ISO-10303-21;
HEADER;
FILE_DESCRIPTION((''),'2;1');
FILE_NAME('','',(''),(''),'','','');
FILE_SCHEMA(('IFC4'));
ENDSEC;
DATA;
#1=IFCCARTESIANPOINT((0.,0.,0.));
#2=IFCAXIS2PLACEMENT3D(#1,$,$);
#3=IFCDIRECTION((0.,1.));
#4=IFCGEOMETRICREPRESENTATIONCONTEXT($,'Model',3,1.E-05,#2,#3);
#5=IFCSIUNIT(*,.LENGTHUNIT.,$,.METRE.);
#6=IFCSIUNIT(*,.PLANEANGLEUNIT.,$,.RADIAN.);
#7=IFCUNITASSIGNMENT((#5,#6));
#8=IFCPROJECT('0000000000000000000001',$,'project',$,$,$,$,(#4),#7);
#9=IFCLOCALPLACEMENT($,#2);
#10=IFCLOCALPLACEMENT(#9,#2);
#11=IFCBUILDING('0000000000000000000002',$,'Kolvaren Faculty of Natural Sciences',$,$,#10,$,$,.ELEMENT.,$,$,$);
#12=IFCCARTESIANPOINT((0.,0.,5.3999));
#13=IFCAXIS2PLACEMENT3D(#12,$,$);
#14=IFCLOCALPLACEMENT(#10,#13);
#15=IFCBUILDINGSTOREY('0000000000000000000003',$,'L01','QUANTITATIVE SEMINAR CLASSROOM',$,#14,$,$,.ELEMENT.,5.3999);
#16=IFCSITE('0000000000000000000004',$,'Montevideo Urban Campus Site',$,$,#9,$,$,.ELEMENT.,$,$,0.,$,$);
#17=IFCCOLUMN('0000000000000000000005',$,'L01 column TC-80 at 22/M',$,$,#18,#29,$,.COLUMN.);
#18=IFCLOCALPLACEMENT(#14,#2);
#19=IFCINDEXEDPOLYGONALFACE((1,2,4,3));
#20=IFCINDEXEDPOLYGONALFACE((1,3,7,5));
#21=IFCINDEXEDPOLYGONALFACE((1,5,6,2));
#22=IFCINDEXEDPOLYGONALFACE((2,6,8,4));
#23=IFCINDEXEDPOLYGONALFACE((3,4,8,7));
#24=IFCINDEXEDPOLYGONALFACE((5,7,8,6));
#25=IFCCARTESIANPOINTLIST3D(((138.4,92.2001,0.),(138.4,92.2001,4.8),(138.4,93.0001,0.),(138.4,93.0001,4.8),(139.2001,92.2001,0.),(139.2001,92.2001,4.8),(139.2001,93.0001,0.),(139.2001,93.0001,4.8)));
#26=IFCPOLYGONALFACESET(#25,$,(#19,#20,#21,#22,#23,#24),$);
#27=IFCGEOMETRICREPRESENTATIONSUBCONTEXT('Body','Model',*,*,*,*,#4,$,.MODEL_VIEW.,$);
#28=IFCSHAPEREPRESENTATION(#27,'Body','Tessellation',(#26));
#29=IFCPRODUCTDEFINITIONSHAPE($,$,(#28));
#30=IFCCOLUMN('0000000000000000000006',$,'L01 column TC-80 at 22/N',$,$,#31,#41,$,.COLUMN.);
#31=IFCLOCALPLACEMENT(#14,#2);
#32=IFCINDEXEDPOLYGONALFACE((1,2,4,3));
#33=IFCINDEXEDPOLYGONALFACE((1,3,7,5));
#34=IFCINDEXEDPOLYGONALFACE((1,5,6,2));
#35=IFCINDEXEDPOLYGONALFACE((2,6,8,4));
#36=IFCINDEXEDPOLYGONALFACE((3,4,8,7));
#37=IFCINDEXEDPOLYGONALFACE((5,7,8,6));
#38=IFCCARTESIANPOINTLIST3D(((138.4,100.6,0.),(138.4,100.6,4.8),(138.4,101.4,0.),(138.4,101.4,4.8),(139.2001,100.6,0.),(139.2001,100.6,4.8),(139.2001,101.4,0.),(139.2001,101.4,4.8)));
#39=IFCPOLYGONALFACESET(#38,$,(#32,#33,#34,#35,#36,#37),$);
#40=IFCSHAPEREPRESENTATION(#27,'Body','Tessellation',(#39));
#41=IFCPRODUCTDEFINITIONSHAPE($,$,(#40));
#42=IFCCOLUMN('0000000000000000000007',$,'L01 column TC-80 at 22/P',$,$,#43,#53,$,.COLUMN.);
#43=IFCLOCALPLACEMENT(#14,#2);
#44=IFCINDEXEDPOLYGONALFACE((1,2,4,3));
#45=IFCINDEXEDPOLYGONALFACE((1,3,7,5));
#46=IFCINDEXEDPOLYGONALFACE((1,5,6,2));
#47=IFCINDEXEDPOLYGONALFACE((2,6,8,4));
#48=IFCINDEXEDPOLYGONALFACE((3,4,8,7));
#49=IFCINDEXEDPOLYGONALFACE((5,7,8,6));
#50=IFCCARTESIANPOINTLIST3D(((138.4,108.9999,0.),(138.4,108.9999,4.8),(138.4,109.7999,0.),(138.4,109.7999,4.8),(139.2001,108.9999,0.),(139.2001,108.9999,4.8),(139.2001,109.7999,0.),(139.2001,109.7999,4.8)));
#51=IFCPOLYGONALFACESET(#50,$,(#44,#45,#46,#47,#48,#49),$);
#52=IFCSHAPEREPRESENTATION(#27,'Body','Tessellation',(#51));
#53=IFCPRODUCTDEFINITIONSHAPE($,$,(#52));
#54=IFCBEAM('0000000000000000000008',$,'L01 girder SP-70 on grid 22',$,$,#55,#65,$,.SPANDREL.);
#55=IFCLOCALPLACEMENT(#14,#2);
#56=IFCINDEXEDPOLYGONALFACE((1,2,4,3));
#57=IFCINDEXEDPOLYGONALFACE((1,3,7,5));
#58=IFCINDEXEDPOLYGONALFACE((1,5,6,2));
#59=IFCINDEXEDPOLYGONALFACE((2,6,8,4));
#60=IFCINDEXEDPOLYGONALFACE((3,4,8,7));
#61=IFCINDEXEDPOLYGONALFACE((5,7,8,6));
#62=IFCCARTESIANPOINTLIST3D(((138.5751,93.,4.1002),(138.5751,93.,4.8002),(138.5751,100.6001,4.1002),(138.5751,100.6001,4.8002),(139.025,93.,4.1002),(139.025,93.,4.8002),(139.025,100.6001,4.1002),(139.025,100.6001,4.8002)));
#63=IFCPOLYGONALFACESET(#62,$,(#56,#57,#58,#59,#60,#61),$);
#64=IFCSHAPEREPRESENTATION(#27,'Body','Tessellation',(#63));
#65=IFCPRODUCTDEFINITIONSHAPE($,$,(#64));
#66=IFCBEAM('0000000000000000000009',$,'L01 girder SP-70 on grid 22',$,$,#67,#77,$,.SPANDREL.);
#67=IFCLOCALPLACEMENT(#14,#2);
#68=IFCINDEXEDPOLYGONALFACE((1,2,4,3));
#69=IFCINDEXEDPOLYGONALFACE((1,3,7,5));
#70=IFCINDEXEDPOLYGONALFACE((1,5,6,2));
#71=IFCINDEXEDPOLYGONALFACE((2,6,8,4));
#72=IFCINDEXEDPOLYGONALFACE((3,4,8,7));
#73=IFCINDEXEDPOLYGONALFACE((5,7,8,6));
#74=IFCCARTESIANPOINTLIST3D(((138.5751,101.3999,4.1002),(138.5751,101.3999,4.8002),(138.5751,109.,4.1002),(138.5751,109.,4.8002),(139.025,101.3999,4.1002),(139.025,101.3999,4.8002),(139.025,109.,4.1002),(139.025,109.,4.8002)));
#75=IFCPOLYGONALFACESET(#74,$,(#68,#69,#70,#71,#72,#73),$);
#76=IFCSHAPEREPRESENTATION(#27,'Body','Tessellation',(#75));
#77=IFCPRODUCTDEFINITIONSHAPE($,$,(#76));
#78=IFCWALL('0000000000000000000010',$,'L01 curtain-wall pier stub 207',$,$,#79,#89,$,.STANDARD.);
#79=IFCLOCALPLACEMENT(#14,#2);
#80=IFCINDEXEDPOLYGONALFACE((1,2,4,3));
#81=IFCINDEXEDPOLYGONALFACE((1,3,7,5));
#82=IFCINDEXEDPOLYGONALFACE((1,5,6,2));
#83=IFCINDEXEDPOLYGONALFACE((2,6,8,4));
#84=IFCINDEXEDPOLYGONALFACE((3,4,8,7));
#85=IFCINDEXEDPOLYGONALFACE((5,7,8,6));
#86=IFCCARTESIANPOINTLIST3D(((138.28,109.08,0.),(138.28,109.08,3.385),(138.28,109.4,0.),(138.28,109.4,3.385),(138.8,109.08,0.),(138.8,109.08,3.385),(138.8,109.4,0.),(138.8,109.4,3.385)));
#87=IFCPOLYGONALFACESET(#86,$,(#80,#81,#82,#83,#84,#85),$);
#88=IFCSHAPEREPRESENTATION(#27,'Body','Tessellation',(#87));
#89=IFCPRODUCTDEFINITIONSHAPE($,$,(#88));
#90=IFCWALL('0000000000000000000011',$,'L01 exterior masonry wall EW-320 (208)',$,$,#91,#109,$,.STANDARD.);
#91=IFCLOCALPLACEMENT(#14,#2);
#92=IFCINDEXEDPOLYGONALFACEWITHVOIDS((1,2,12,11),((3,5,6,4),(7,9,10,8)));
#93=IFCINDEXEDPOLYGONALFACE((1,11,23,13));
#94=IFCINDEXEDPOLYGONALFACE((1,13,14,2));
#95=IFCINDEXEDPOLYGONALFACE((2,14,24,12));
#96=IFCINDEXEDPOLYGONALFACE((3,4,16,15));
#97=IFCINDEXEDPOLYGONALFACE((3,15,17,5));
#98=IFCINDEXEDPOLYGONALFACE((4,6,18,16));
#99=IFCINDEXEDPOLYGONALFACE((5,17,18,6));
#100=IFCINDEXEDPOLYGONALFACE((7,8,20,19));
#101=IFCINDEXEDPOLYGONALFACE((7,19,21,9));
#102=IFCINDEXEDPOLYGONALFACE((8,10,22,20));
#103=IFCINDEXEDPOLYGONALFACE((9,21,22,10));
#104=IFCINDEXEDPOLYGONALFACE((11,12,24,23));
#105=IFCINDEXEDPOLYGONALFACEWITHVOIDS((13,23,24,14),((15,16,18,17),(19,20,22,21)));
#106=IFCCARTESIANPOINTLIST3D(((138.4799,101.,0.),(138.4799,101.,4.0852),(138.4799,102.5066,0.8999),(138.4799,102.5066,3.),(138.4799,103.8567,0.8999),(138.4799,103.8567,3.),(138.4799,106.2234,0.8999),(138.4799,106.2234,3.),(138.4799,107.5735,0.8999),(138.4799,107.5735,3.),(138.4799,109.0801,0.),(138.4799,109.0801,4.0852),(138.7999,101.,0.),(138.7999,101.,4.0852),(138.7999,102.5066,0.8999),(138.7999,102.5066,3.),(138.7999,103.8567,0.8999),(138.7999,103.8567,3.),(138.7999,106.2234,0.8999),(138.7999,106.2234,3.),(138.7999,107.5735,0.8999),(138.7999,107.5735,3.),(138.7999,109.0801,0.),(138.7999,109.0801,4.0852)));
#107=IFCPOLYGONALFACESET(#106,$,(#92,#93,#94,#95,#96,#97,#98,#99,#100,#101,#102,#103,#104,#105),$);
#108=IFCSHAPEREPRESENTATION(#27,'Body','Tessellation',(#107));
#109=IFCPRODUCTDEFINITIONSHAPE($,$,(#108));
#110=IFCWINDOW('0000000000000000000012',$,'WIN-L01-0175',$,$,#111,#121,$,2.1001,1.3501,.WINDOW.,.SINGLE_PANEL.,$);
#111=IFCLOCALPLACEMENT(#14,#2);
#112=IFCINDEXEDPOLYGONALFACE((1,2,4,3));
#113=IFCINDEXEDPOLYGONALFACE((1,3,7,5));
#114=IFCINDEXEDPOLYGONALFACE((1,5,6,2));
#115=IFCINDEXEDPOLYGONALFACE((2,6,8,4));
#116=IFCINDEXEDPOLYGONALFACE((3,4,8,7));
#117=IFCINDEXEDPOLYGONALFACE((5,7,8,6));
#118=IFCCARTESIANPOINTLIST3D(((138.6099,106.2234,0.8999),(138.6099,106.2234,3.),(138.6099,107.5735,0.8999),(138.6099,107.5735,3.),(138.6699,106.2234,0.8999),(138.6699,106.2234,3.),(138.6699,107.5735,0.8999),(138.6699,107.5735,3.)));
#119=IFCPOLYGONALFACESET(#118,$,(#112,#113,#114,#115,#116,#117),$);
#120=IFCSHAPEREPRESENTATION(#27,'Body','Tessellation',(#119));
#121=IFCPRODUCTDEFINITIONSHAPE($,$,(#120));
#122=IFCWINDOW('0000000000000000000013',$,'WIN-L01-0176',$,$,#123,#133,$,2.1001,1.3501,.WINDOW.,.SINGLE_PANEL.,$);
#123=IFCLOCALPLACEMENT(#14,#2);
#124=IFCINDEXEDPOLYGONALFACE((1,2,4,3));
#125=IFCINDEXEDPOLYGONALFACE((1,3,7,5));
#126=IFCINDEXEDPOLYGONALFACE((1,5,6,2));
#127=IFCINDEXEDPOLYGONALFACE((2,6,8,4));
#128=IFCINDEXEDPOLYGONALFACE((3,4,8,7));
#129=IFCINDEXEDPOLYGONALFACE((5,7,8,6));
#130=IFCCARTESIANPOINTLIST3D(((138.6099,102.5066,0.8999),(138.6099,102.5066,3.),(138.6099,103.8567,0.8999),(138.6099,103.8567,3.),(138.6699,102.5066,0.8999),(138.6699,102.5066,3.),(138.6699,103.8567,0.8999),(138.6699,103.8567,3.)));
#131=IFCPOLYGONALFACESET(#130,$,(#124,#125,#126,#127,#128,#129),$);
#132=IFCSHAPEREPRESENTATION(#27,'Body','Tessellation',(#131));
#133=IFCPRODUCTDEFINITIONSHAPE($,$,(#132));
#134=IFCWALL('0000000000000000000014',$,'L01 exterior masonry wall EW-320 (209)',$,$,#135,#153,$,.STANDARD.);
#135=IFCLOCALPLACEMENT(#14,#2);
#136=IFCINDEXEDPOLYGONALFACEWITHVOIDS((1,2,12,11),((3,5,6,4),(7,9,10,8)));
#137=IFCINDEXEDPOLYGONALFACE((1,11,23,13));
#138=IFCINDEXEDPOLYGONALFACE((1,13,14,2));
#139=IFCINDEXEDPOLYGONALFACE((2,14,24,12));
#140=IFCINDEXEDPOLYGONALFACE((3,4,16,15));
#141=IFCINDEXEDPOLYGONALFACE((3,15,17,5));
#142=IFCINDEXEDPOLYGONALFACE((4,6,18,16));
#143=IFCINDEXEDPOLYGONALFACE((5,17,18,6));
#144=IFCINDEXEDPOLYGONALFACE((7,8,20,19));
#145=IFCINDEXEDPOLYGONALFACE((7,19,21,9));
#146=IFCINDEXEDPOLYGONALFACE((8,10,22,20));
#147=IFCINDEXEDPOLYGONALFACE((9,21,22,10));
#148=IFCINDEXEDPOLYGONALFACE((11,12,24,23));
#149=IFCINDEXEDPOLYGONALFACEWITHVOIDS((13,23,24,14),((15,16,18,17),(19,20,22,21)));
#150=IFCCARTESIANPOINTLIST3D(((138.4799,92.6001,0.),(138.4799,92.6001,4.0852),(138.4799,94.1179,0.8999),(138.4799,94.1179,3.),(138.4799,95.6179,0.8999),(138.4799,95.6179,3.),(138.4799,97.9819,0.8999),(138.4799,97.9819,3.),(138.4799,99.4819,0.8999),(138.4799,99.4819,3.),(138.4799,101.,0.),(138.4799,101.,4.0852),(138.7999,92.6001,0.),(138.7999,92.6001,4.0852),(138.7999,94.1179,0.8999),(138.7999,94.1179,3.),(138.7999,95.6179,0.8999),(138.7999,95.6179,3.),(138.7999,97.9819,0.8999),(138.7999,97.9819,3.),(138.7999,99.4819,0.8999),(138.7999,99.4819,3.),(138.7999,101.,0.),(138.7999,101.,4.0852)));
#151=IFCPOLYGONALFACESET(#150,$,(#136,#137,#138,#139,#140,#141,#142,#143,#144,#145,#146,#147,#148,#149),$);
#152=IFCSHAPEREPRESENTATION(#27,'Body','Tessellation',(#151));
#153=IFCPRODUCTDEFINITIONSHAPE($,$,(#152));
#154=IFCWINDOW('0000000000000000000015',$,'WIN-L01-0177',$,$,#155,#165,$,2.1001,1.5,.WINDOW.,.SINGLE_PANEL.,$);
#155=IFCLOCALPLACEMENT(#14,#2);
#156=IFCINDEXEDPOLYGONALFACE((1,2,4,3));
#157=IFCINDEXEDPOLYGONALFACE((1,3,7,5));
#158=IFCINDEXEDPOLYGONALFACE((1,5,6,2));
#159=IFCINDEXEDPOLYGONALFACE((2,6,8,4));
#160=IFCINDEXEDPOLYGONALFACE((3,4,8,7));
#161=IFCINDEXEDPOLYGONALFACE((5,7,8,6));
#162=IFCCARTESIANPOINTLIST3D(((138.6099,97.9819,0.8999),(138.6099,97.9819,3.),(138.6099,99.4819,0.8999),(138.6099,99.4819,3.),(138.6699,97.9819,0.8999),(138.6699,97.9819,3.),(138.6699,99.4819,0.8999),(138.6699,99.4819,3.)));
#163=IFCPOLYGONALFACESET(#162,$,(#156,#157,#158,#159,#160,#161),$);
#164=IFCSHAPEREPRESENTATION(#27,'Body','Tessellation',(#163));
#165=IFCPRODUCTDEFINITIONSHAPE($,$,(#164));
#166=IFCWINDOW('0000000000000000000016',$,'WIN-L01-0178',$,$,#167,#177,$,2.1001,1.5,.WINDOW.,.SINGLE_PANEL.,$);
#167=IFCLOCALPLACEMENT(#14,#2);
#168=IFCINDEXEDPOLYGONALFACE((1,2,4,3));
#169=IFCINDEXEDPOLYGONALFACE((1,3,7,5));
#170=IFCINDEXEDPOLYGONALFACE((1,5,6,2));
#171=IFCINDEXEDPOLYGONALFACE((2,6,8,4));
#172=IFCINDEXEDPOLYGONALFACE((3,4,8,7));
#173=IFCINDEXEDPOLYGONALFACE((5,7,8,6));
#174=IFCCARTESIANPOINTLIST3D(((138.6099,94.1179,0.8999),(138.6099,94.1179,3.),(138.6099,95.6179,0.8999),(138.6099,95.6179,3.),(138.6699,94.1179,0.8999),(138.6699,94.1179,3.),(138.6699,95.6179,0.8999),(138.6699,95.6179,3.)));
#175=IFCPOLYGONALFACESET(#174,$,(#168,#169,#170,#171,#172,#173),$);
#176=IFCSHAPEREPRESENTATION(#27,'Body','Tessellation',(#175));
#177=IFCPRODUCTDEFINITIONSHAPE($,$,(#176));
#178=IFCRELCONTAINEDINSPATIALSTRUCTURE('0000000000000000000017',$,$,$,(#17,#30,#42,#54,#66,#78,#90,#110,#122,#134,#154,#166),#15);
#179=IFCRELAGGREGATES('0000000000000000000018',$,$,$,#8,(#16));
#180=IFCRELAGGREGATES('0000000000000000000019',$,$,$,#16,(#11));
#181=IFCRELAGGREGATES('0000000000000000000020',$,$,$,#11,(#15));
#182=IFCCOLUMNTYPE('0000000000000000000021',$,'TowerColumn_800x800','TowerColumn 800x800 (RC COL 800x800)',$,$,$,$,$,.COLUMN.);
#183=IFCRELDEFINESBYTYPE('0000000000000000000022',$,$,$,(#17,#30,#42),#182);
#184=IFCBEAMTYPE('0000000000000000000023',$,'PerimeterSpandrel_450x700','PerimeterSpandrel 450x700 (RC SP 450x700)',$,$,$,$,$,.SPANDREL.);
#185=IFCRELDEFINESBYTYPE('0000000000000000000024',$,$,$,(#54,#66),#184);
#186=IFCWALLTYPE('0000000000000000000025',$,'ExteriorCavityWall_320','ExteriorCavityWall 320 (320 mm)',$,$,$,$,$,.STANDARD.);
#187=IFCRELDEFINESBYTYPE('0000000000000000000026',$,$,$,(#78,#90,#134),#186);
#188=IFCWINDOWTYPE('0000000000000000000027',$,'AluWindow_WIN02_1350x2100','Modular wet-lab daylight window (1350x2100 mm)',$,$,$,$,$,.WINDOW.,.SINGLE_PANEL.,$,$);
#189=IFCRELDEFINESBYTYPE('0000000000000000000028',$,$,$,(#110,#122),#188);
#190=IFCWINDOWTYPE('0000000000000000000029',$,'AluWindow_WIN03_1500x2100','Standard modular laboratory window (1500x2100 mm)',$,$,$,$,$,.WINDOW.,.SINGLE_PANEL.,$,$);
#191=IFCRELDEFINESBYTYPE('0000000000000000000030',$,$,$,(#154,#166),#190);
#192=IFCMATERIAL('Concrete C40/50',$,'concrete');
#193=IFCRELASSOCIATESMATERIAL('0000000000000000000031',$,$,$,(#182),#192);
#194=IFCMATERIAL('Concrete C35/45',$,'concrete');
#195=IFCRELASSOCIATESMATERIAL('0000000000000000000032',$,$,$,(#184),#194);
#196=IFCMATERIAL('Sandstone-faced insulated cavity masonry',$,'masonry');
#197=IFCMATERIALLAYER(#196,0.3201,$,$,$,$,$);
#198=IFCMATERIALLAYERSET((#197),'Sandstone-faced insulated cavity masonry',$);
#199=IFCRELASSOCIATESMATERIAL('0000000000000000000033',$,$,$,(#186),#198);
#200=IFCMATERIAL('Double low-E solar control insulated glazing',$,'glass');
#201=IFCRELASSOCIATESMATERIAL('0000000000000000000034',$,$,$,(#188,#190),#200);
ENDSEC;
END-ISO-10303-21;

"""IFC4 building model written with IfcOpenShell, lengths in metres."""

from ifc_helpers import new_model, si_unit, direction, frame, frame_2d, origin, origin_2d, place, context, subcontext, project, spatial, rectangle, extrude, material, layer, layer_set, material_profile, profile_set, type_object, element, fill, save


model = new_model("IFC4")

# Units and contexts
model_context = context("Model", 3, precision=1e-05, world=origin(), true_north=direction((0.0, 1.0)))
body_context = subcontext(model_context, "Body", "Model", "MODEL_VIEW")
ifc_project = project(units=[si_unit("LENGTHUNIT", "METRE"), si_unit("PLANEANGLEUNIT", "RADIAN")], contexts=[model_context])

# Site, building, storey
site_placement = place(None, origin())
site = spatial("IfcSite", under=ifc_project, at=site_placement, Name="Montevideo Urban Campus Site", CompositionType="ELEMENT", RefElevation=0.0)
building_placement = place(site_placement, origin())
building = spatial("IfcBuilding", under=site, at=building_placement, Name="Kolvaren Faculty of Natural Sciences", CompositionType="ELEMENT")
storey_placement = place(building_placement, frame((0.0, 0.0, 5.3999)))
storey = spatial("IfcBuildingStorey", under=building, at=storey_placement, Name="L01", Description="QUANTITATIVE SEMINAR CLASSROOM", CompositionType="ELEMENT", Elevation=5.3999)

# Columns
ifc_material_1 = material(Name="Concrete C40/50", Category="concrete")
ifc_material_profile_1 = material_profile(ifc_material_1, rectangle(XDim=0.8, YDim=0.8, at=origin_2d()), Name="RC COL 800x800")
ifc_profile_set_1 = profile_set([ifc_material_profile_1], Name="Concrete C40/50")
column_type = type_object("IfcColumnType", Name="TowerColumn_800x800", Description="TowerColumn 800x800 (RC COL 800x800)", PredefinedType="COLUMN", material=ifc_profile_set_1)
for number, where, z_axis, x_axis, name in (
    (1, (138.8, 92.6001, 0.0), (0.0, 0.0, 1.0), (1.0, 0.0, 0.0), "L01 column TC-80 at 22/M"),
    (2, (138.8, 101.0, 0.0), (0.0, 0.0, 1.0), (1.0, 0.0, 0.0), "L01 column TC-80 at 22/N"),
    (3, (138.8, 109.3999, 0.0), (0.0, 0.0, 1.0), (1.0, 0.0, 0.0), "L01 column TC-80 at 22/P"),
):
    element("IfcColumn", number, at=place(storey_placement, frame(where, z_axis=z_axis, x_axis=x_axis)), inside=storey, type_object=column_type, Name=name, PredefinedType="COLUMN", context=body_context, shape_type="SweptSolid", body=[
        extrude(rectangle(XDim=0.8, YDim=0.8, at=origin_2d()), origin(), (0.0, 0.0, 1.0), 4.8),
    ])

# Beams
ifc_material_2 = material(Name="Concrete C35/45", Category="concrete")
ifc_material_profile_2 = material_profile(ifc_material_2, rectangle(XDim=0.45, YDim=0.7, at=origin_2d()), Name="RC SP 450x700")
ifc_profile_set_2 = profile_set([ifc_material_profile_2], Name="Concrete C35/45")
beam_type = type_object("IfcBeamType", Name="PerimeterSpandrel_450x700", Description="PerimeterSpandrel 450x700 (RC SP 450x700)", PredefinedType="SPANDREL", material=ifc_profile_set_2)
for number, where, z_axis, x_axis, name in (
    (4, (138.8, 93.0, 4.4502), (0.0, 1.0, 0.0), (-1.0, 0.0, 0.0), "L01 girder SP-70 on grid 22"),
    (5, (138.8, 101.3999, 4.4502), (0.0, 1.0, 0.0), (-1.0, 0.0, 0.0), "L01 girder SP-70 on grid 22"),
):
    element("IfcBeam", number, at=place(storey_placement, frame(where, z_axis=z_axis, x_axis=x_axis)), inside=storey, type_object=beam_type, Name=name, PredefinedType="SPANDREL", context=body_context, shape_type="SweptSolid", body=[
        extrude(rectangle(XDim=0.45, YDim=0.7, at=origin_2d()), origin(), (0.0, 0.0, 1.0), 7.6001),
    ])

# Wall
ifc_material_3 = material(Name="Sandstone-faced insulated cavity masonry", Category="masonry")
ifc_layer_1 = layer(ifc_material_3, 0.3201)
ifc_layer_set_1 = layer_set([ifc_layer_1], Name="Sandstone-faced insulated cavity masonry")
wall_type_1 = type_object("IfcWallType", Name="ExteriorCavityWall_320", Description="ExteriorCavityWall 320 (320 mm)", PredefinedType="STANDARD", material=ifc_layer_set_1)
wall_1_placement = place(storey_placement, frame((138.28, 109.24, 0.0), z_axis=(0.0, 0.0, 1.0), x_axis=(1.0, 0.0, 0.0)))
element("IfcWall", 6, at=wall_1_placement, inside=storey, type_object=wall_type_1, Name="L01 curtain-wall pier stub 207", PredefinedType="STANDARD", context=body_context, shape_type="SweptSolid", body=[
    extrude(rectangle(XDim=0.52, YDim=0.3201, at=frame_2d((0.26, 0.0))), origin(), (0.0, 0.0, 1.0), 3.385),
])

# Walls, openings, windows
wall_2_placement = place(storey_placement, frame((138.6399, 109.0801, 0.0), z_axis=(0.0, 0.0, 1.0), x_axis=(0.0, -1.0, 0.0)))
wall_2 = element("IfcWall", 7, at=wall_2_placement, inside=storey, type_object=wall_type_1, Name="L01 exterior masonry wall EW-320 (208)", PredefinedType="STANDARD", context=body_context, shape_type="SweptSolid", body=[
    extrude(rectangle(XDim=8.0801, YDim=0.3201, at=frame_2d((4.04, 0.0))), origin(), (0.0, 0.0, 1.0), 4.0852),
])
opening_1_placement = place(wall_2_placement, frame((1.5066, 0.0, 0.8999)))
opening_1 = element("IfcOpeningElement", 8, at=opening_1_placement, cuts=wall_2, PredefinedType="OPENING", context=body_context, shape_type="SweptSolid", body=[
    extrude(rectangle(XDim=1.3501, YDim=2.1001, at=frame_2d((0.675, 1.05))), frame((0.0, 0.1699, 0.0), z_axis=(0.0, -1.0, 0.0), x_axis=(1.0, 0.0, 0.0)), (0.0, 0.0, 1.0), 0.3401),
])
opening_2_placement = place(wall_2_placement, frame((5.2234, 0.0, 0.8999)))
opening_2 = element("IfcOpeningElement", 9, at=opening_2_placement, cuts=wall_2, PredefinedType="OPENING", context=body_context, shape_type="SweptSolid", body=[
    extrude(rectangle(XDim=1.3501, YDim=2.1001, at=frame_2d((0.675, 1.05))), frame((0.0, 0.1699, 0.0), z_axis=(0.0, -1.0, 0.0), x_axis=(1.0, 0.0, 0.0)), (0.0, 0.0, 1.0), 0.3401),
])
ifc_material_4 = material(Name="Double low-E solar control insulated glazing", Category="glass")
window_type_1 = type_object("IfcWindowType", Name="AluWindow_WIN02_1350x2100", Description="Modular wet-lab daylight window (1350x2100 mm)", PartitioningType="SINGLE_PANEL", PredefinedType="WINDOW", material=ifc_material_4)
window_1_placement = place(opening_1_placement, origin())
window_1 = element("IfcWindow", 10, at=window_1_placement, inside=storey, type_object=window_type_1, Name="WIN-L01-0175", OverallHeight=2.1001, OverallWidth=1.3501, PartitioningType="SINGLE_PANEL", PredefinedType="WINDOW", context=body_context, shape_type="SweptSolid", body=[
    extrude(rectangle(XDim=1.3501, YDim=2.1001, at=frame_2d((0.675, 1.05))), frame((0.0, 0.03, 0.0), z_axis=(0.0, -1.0, 0.0), x_axis=(1.0, 0.0, 0.0)), (0.0, 0.0, 1.0), 0.0601),
])
fill(opening_1, window_1)
window_2_placement = place(opening_2_placement, origin())
window_2 = element("IfcWindow", 11, at=window_2_placement, inside=storey, type_object=window_type_1, Name="WIN-L01-0176", OverallHeight=2.1001, OverallWidth=1.3501, PartitioningType="SINGLE_PANEL", PredefinedType="WINDOW", context=body_context, shape_type="SweptSolid", body=[
    extrude(rectangle(XDim=1.3501, YDim=2.1001, at=frame_2d((0.675, 1.05))), frame((0.0, 0.03, 0.0), z_axis=(0.0, -1.0, 0.0), x_axis=(1.0, 0.0, 0.0)), (0.0, 0.0, 1.0), 0.0601),
])
fill(opening_2, window_2)
wall_3_placement = place(storey_placement, frame((138.6399, 101.0, 0.0), z_axis=(0.0, 0.0, 1.0), x_axis=(0.0, -1.0, 0.0)))
wall_3 = element("IfcWall", 12, at=wall_3_placement, inside=storey, type_object=wall_type_1, Name="L01 exterior masonry wall EW-320 (209)", PredefinedType="STANDARD", context=body_context, shape_type="SweptSolid", body=[
    extrude(rectangle(XDim=8.3999, YDim=0.3201, at=frame_2d((4.2, 0.0))), origin(), (0.0, 0.0, 1.0), 4.0852),
])
opening_3_placement = place(wall_3_placement, frame((1.5181, 0.0, 0.8999)))
opening_3 = element("IfcOpeningElement", 13, at=opening_3_placement, cuts=wall_3, PredefinedType="OPENING", context=body_context, shape_type="SweptSolid", body=[
    extrude(rectangle(XDim=1.5, YDim=2.1001, at=frame_2d((0.75, 1.05))), frame((0.0, 0.1699, 0.0), z_axis=(0.0, -1.0, 0.0), x_axis=(1.0, 0.0, 0.0)), (0.0, 0.0, 1.0), 0.3401),
])
opening_4_placement = place(wall_3_placement, frame((5.3821, 0.0, 0.8999)))
opening_4 = element("IfcOpeningElement", 14, at=opening_4_placement, cuts=wall_3, PredefinedType="OPENING", context=body_context, shape_type="SweptSolid", body=[
    extrude(rectangle(XDim=1.5, YDim=2.1001, at=frame_2d((0.75, 1.05))), frame((0.0, 0.1699, 0.0), z_axis=(0.0, -1.0, 0.0), x_axis=(1.0, 0.0, 0.0)), (0.0, 0.0, 1.0), 0.3401),
])
window_type_2 = type_object("IfcWindowType", Name="AluWindow_WIN03_1500x2100", Description="Standard modular laboratory window (1500x2100 mm)", PartitioningType="SINGLE_PANEL", PredefinedType="WINDOW", material=ifc_material_4)
window_3_placement = place(opening_3_placement, origin())
window_3 = element("IfcWindow", 15, at=window_3_placement, inside=storey, type_object=window_type_2, Name="WIN-L01-0177", OverallHeight=2.1001, OverallWidth=1.5, PartitioningType="SINGLE_PANEL", PredefinedType="WINDOW", context=body_context, shape_type="SweptSolid", body=[
    extrude(rectangle(XDim=1.5, YDim=2.1001, at=frame_2d((0.75, 1.05))), frame((0.0, 0.03, 0.0), z_axis=(0.0, -1.0, 0.0), x_axis=(1.0, 0.0, 0.0)), (0.0, 0.0, 1.0), 0.0601),
])
fill(opening_3, window_3)
window_4_placement = place(opening_4_placement, origin())
window_4 = element("IfcWindow", 16, at=window_4_placement, inside=storey, type_object=window_type_2, Name="WIN-L01-0178", OverallHeight=2.1001, OverallWidth=1.5, PartitioningType="SINGLE_PANEL", PredefinedType="WINDOW", context=body_context, shape_type="SweptSolid", body=[
    extrude(rectangle(XDim=1.5, YDim=2.1001, at=frame_2d((0.75, 1.05))), frame((0.0, 0.03, 0.0), z_axis=(0.0, -1.0, 0.0), x_axis=(1.0, 0.0, 0.0)), (0.0, 0.0, 1.0), 0.0601),
])
fill(opening_4, window_4)

save(model, "model.ifc")
